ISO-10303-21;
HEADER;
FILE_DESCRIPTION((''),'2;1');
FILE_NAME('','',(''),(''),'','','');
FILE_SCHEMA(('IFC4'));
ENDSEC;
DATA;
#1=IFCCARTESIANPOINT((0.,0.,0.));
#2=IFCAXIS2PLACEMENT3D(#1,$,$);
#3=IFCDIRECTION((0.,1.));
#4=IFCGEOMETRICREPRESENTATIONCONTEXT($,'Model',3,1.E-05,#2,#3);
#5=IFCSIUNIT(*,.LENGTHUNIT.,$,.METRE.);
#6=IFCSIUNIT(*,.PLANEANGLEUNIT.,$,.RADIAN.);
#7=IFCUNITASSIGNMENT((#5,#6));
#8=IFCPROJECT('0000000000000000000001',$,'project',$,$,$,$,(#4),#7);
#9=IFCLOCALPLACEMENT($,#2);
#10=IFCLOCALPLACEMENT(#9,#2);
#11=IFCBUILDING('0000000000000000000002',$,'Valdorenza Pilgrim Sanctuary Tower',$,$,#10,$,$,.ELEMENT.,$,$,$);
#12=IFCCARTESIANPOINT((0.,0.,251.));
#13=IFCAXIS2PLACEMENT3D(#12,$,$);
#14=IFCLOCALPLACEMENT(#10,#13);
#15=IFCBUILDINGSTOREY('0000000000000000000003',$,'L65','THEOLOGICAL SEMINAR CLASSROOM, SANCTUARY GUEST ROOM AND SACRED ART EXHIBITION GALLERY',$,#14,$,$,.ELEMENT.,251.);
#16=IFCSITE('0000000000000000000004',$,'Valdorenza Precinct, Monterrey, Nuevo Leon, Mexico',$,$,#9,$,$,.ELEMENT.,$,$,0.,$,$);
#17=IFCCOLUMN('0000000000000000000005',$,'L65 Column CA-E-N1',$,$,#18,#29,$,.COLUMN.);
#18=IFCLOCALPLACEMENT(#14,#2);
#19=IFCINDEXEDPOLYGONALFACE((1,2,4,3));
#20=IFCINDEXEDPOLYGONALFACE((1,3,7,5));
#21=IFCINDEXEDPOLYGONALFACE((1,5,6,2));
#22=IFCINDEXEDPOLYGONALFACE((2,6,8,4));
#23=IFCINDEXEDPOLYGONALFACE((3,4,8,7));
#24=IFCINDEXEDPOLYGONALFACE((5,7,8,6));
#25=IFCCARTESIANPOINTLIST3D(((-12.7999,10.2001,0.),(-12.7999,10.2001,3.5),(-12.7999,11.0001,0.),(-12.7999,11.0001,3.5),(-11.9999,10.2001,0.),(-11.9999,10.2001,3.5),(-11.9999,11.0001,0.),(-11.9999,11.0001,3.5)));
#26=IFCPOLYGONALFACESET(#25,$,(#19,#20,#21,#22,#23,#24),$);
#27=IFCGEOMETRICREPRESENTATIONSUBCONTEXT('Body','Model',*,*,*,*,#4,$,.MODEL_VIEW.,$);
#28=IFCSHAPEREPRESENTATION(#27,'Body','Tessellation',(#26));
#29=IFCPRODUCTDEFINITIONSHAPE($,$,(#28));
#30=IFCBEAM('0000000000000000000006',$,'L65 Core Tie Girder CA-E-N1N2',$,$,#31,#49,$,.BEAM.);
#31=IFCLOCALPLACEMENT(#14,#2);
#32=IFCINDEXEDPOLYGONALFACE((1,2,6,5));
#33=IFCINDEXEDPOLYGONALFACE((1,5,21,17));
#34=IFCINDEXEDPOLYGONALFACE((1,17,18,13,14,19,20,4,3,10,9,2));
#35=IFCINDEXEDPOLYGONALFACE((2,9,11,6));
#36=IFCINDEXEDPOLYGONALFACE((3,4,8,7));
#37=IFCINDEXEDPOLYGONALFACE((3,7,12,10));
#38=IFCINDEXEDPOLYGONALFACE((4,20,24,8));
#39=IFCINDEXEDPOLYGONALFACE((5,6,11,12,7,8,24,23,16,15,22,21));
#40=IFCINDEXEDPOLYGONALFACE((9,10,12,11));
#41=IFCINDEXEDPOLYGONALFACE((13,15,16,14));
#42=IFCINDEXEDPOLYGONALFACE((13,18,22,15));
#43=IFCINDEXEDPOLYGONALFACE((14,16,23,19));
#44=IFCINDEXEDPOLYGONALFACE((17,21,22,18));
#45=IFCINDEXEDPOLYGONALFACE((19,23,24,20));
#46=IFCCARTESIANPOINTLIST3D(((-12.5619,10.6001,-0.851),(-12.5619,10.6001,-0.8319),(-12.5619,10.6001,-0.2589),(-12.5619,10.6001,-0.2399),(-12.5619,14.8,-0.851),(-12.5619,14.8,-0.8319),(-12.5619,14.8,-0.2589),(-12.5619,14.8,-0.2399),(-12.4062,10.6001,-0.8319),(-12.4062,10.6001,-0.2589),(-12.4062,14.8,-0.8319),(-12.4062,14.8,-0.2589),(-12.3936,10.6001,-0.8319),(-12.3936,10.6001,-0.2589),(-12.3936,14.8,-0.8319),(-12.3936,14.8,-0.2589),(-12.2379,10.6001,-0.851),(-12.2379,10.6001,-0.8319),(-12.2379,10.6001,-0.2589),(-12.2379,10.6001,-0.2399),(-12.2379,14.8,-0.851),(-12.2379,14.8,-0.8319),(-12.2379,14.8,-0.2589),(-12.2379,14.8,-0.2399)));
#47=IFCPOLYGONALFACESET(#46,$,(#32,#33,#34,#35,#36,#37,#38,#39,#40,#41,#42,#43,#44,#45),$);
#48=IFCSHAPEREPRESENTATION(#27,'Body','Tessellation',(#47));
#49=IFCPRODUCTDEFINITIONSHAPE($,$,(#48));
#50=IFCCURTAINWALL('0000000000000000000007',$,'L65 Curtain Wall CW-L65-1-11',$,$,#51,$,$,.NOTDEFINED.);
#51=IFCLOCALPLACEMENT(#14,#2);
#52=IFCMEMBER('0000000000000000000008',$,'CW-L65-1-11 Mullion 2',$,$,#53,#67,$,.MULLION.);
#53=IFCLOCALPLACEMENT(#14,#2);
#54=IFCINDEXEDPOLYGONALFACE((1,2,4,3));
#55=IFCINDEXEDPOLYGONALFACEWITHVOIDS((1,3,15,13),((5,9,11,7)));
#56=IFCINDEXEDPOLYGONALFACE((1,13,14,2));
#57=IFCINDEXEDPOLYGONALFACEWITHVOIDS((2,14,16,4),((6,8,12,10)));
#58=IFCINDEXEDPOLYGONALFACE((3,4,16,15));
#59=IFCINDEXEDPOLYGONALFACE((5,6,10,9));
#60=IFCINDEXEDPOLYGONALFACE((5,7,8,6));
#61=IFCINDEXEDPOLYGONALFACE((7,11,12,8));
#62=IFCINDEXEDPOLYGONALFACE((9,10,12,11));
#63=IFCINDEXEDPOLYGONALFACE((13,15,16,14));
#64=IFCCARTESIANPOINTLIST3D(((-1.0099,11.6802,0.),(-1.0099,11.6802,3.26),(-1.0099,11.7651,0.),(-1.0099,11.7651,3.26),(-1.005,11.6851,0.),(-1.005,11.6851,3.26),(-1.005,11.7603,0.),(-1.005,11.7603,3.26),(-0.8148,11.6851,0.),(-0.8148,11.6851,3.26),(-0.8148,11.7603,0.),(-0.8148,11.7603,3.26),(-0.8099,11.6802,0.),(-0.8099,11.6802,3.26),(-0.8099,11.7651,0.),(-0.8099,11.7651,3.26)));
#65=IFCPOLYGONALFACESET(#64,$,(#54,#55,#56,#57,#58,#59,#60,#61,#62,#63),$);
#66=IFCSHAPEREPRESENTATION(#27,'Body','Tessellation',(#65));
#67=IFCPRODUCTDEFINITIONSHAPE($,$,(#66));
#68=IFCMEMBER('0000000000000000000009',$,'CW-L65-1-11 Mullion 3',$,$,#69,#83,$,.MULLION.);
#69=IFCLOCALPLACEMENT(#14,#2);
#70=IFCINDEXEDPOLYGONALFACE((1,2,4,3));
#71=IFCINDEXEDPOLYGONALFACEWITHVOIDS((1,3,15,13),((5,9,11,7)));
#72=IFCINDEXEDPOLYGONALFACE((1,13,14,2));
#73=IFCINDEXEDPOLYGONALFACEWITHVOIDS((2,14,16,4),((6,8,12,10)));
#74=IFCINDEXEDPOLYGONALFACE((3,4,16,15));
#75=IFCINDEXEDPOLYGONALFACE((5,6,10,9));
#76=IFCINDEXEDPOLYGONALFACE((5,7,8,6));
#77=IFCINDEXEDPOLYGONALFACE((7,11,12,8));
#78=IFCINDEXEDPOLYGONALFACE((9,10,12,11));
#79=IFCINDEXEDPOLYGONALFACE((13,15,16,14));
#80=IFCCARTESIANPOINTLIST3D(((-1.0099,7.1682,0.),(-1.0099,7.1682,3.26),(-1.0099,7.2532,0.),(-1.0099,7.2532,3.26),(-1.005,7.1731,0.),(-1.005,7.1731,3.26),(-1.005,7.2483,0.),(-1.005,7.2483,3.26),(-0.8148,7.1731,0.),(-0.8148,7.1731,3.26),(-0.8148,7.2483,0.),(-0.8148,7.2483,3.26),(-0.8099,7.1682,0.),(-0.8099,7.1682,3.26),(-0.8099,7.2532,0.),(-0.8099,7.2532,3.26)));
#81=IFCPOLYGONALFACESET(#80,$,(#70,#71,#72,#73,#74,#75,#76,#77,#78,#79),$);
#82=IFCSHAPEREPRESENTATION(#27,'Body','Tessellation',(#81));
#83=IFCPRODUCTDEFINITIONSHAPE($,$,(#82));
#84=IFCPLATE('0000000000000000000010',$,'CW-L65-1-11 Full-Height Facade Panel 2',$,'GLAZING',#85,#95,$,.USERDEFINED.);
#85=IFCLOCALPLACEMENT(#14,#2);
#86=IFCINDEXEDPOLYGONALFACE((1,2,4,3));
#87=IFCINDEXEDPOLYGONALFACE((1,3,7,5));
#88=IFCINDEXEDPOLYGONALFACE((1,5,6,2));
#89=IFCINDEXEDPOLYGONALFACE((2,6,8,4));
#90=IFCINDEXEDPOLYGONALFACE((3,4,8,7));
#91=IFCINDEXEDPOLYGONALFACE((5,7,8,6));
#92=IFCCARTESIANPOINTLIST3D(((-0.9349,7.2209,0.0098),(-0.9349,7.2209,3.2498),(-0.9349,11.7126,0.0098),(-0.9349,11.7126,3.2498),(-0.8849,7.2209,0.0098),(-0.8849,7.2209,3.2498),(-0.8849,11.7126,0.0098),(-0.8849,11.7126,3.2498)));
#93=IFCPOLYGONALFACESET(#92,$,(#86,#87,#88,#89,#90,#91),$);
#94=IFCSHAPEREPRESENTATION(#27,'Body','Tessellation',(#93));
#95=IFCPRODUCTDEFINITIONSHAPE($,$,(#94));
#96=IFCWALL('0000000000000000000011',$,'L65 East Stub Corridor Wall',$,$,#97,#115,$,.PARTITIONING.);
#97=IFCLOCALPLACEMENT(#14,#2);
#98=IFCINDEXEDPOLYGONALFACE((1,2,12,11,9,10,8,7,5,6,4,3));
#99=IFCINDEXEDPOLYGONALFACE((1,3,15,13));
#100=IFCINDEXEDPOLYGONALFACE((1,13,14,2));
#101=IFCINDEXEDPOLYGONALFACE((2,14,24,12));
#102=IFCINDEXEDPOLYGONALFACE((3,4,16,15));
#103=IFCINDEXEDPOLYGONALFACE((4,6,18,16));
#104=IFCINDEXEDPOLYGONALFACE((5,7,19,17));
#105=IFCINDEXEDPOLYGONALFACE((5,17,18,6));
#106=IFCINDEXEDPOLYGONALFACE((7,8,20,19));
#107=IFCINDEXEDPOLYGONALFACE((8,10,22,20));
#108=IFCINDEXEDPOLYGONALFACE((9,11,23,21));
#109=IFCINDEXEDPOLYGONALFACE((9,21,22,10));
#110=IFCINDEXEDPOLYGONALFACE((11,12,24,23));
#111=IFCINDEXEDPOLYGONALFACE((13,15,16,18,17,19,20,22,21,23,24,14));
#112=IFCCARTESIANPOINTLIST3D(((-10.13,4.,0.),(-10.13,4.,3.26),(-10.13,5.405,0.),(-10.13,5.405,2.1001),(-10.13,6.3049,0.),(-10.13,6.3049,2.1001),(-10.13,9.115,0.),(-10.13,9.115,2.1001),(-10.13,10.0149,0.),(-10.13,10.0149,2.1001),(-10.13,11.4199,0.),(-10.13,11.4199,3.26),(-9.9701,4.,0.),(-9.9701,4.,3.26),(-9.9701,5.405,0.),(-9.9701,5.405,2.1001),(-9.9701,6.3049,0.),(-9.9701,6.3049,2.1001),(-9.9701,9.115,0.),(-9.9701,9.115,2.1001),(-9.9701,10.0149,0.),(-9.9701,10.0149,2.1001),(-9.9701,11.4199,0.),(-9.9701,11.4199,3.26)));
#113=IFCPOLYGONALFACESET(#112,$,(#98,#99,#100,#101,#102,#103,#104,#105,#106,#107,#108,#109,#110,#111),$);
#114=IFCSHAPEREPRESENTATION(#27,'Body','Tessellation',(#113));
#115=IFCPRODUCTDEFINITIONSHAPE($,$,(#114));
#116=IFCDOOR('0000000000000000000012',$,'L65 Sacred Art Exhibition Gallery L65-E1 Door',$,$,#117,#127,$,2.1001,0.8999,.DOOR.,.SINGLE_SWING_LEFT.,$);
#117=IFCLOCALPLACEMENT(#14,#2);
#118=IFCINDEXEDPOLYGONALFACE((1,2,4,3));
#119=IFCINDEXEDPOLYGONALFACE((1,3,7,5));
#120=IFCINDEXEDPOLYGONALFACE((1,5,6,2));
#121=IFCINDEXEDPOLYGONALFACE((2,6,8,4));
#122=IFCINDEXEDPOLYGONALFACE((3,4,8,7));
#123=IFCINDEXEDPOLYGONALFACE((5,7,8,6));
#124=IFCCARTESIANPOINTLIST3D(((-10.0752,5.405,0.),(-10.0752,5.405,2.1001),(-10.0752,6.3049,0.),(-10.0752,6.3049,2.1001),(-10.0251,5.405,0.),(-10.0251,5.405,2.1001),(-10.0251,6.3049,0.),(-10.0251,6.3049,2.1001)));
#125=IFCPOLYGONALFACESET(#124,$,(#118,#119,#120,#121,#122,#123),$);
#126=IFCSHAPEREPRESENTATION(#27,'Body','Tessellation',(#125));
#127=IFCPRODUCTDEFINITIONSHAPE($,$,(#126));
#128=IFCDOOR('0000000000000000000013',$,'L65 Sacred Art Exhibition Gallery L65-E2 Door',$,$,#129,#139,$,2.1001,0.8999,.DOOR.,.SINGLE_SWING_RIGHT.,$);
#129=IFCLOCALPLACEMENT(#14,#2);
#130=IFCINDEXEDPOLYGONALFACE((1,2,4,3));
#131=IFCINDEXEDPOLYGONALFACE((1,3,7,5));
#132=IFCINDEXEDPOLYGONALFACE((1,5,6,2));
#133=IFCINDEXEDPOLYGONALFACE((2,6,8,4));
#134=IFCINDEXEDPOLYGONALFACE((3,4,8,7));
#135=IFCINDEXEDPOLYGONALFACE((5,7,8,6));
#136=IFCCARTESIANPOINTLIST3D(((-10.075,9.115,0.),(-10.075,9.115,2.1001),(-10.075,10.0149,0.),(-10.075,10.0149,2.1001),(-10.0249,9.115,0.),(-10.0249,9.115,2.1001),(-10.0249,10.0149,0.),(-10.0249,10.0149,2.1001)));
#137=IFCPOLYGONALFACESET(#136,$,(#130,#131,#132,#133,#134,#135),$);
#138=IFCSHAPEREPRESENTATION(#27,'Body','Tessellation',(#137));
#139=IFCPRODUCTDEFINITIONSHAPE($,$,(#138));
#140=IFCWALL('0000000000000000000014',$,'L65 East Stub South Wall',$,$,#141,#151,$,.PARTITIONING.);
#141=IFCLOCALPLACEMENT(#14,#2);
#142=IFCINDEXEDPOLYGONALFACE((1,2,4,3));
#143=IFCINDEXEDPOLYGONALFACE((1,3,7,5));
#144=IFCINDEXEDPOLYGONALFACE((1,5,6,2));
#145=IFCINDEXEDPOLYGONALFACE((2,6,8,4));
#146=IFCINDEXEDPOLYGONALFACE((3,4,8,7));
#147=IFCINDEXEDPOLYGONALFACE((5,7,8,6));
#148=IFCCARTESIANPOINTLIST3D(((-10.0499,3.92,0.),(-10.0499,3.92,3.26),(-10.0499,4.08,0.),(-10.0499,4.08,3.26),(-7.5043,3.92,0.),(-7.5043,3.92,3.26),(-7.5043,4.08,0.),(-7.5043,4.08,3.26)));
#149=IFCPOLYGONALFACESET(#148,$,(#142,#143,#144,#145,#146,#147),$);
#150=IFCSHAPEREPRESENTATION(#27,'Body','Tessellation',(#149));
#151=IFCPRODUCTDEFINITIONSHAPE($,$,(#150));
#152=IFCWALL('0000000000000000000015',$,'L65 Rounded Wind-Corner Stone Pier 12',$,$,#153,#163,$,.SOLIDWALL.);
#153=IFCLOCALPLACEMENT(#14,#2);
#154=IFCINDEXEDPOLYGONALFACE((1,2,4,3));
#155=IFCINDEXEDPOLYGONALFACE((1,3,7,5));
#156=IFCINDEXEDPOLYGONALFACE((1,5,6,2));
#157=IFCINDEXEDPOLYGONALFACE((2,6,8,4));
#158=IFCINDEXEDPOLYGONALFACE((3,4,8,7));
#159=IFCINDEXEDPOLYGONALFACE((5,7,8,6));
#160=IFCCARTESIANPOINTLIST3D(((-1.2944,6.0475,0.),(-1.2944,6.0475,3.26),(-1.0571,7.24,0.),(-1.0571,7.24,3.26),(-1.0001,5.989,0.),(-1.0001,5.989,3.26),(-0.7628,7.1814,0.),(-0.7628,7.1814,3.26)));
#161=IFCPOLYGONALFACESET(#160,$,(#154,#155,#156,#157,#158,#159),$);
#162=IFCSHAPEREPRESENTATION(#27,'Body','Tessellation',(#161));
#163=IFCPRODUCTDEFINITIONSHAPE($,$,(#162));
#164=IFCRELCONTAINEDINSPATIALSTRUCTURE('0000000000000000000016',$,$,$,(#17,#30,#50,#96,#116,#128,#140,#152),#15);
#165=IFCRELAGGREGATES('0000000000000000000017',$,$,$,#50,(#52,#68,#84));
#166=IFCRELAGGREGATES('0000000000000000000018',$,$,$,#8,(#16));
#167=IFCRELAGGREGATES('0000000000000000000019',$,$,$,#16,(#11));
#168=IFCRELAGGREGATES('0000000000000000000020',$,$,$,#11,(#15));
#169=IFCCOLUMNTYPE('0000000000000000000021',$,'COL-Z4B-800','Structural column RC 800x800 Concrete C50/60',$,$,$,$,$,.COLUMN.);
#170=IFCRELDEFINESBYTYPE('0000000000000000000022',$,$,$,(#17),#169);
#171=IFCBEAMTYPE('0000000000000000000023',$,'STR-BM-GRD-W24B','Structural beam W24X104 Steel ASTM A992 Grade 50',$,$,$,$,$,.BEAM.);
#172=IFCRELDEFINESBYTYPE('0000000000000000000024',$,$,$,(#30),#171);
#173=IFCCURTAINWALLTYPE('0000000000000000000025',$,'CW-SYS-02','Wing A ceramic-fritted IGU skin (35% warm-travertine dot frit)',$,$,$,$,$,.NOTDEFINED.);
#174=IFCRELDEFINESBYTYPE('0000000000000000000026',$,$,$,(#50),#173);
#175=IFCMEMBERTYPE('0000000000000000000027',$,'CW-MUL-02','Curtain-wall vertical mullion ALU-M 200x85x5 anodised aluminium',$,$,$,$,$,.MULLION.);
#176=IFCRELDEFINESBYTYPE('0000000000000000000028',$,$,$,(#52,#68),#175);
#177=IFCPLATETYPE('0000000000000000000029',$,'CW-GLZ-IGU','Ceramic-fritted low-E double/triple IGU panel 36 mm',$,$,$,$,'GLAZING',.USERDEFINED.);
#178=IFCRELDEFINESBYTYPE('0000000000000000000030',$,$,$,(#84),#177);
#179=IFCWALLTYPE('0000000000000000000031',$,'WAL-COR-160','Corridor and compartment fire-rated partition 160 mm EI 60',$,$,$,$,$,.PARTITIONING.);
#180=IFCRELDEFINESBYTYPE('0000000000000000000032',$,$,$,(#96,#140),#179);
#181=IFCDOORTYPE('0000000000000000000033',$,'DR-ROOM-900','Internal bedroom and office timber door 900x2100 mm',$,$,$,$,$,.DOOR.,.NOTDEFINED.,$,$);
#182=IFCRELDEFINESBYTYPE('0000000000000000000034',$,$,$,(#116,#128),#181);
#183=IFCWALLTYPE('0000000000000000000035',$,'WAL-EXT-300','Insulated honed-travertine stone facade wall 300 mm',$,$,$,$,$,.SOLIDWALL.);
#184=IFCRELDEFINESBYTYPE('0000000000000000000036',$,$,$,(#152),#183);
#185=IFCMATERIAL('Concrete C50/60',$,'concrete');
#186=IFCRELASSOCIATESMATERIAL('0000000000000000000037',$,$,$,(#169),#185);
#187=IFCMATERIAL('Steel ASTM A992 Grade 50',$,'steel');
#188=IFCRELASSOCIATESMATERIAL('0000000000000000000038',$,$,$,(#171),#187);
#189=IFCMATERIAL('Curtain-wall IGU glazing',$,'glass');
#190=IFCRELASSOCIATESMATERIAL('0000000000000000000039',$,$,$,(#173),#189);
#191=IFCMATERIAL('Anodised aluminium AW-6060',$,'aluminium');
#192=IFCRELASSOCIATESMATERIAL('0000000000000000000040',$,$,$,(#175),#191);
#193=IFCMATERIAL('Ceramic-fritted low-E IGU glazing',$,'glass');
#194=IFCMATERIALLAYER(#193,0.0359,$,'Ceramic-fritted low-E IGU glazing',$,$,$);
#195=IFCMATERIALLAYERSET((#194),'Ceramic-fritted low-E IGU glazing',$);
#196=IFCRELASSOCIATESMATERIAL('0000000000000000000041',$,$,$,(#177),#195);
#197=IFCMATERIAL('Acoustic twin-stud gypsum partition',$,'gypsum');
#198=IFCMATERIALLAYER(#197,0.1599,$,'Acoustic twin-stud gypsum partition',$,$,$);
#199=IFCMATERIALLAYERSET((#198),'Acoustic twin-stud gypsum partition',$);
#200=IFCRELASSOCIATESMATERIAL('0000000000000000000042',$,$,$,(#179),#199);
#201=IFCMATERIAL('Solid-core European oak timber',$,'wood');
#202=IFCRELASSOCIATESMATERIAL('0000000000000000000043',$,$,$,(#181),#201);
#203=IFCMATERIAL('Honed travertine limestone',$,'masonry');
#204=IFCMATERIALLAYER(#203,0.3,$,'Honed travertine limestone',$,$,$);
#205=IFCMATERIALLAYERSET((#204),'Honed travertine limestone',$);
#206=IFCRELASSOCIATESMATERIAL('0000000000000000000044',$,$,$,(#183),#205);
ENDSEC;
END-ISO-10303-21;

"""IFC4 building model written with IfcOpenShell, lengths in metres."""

from ifc_helpers import new_model, si_unit, direction, frame, frame_2d, origin, origin_2d, place, context, subcontext, project, spatial, rectangle, hollow_rectangle, i_section, extrude, source, transform, mapped, material, layer, layer_set, material_profile, profile_set, type_object, element, fill, aggregate, save


model = new_model("IFC4")

# Units and contexts
model_context = context("Model", 3, precision=1e-05, world=origin(), true_north=direction((0.0, 1.0)))
body_context = subcontext(model_context, "Body", "Model", "MODEL_VIEW")
ifc_project = project(units=[si_unit("LENGTHUNIT", "METRE"), si_unit("PLANEANGLEUNIT", "RADIAN")], contexts=[model_context])

# Site, building, storey
site_placement = place(None, origin())
site = spatial("IfcSite", under=ifc_project, at=site_placement, Name="Valdorenza Precinct, Monterrey, Nuevo Leon, Mexico", CompositionType="ELEMENT", RefElevation=0.0)
building_placement = place(site_placement, origin())
building = spatial("IfcBuilding", under=site, at=building_placement, Name="Valdorenza Pilgrim Sanctuary Tower", CompositionType="ELEMENT")
storey_placement = place(building_placement, frame((0.0, 0.0, 251.0)))
storey = spatial("IfcBuildingStorey", under=building, at=storey_placement, Name="L65", Description="THEOLOGICAL SEMINAR CLASSROOM, SANCTUARY GUEST ROOM AND SACRED ART EXHIBITION GALLERY", CompositionType="ELEMENT", Elevation=251.0)

# Column
ifc_material_1 = material(Name="Concrete C50/60", Category="concrete")
ifc_material_profile_1 = material_profile(ifc_material_1, rectangle(XDim=0.8, YDim=0.8, at=origin_2d()), Name="RC 800x800")
ifc_profile_set_1 = profile_set([ifc_material_profile_1], Name="Concrete C50/60")
column_type = type_object("IfcColumnType", Name="COL-Z4B-800", Description="Structural column RC 800x800 Concrete C50/60", PredefinedType="COLUMN", material=ifc_profile_set_1)
shared_shape_1 = source(origin(), body_context, "Body", "SweptSolid", [
    extrude(rectangle(XDim=0.8, YDim=0.8, at=origin_2d()), origin(), (0.0, 0.0, 1.0), 3.5),
])
column_placement = place(storey_placement, frame((-12.3999, 10.6001, 0.0), z_axis=(0.0, 0.0, 1.0), x_axis=(1.0, 0.0, 0.0)))
element("IfcColumn", 1, at=column_placement, inside=storey, type_object=column_type, Name="L65 Column CA-E-N1", PredefinedType="COLUMN", context=body_context, shape_type="MappedRepresentation", body=[
    mapped(shared_shape_1, transform((0.0, 0.0, 0.0), x_axis=(1.0, 0.0, 0.0), y_axis=(0.0, 1.0, 0.0), z_axis=(0.0, 0.0, 1.0), scale=1.0)),
])

# Beam
ifc_material_2 = material(Name="Steel ASTM A992 Grade 50", Category="steel")
ifc_material_profile_2 = material_profile(ifc_material_2, i_section(OverallWidth=0.324, OverallDepth=0.6111, WebThickness=0.0127, FlangeThickness=0.019, at=origin_2d()), Name="W24X104")
ifc_profile_set_2 = profile_set([ifc_material_profile_2], Name="Steel ASTM A992 Grade 50")
beam_type = type_object("IfcBeamType", Name="STR-BM-GRD-W24B", Description="Structural beam W24X104 Steel ASTM A992 Grade 50", PredefinedType="BEAM", material=ifc_profile_set_2)
shared_shape_2 = source(origin(), body_context, "Body", "SweptSolid", [
    extrude(i_section(OverallWidth=0.324, OverallDepth=0.6111, WebThickness=0.0127, FlangeThickness=0.019, at=origin_2d()), origin(), (0.0, 0.0, 1.0), 4.2),
])
beam_placement = place(storey_placement, frame((-12.3999, 10.6001, -0.5454), z_axis=(0.0, 1.0, 0.0), x_axis=(-1.0, 0.0, 0.0)))
element("IfcBeam", 2, at=beam_placement, inside=storey, type_object=beam_type, Name="L65 Core Tie Girder CA-E-N1N2", PredefinedType="BEAM", context=body_context, shape_type="MappedRepresentation", body=[
    mapped(shared_shape_2, transform((0.0, 0.0, 0.0), x_axis=(1.0, 0.0, 0.0), y_axis=(0.0, 1.0, 0.0), z_axis=(0.0, 0.0, 1.0), scale=1.0)),
])

# Curtain wall, members, plate
ifc_material_3 = material(Name="Curtain-wall IGU glazing", Category="glass")
curtain_wall_type = type_object("IfcCurtainWallType", Name="CW-SYS-02", Description="Wing A ceramic-fritted IGU skin (35% warm-travertine dot frit)", PredefinedType="NOTDEFINED", material=ifc_material_3)
curtain_wall_placement = place(storey_placement, origin())
curtain_wall = element("IfcCurtainWall", 3, at=curtain_wall_placement, inside=storey, type_object=curtain_wall_type, Name="L65 Curtain Wall CW-L65-1-11", PredefinedType="NOTDEFINED")
ifc_material_4 = material(Name="Anodised aluminium AW-6060", Category="aluminium")
ifc_material_profile_3 = material_profile(ifc_material_4, hollow_rectangle(XDim=0.085, YDim=0.2, WallThickness=0.0049, at=origin_2d()), Name="ALU-M 200x85x5")
ifc_profile_set_3 = profile_set([ifc_material_profile_3], Name="Anodised aluminium AW-6060")
member_type = type_object("IfcMemberType", Name="CW-MUL-02", Description="Curtain-wall vertical mullion ALU-M 200x85x5 anodised aluminium", PredefinedType="MULLION", material=ifc_profile_set_3)
shared_shape_3 = source(origin(), body_context, "Body", "SweptSolid", [
    extrude(hollow_rectangle(XDim=0.085, YDim=0.2, WallThickness=0.0049, at=origin_2d()), origin(), (0.0, 0.0, 1.0), 3.26),
])
member_1_placement = place(storey_placement, frame((-0.9099, 11.7227, 0.0), z_axis=(0.0, 0.0, 1.0), x_axis=(0.0, -1.0, 0.0)))
member_1 = element("IfcMember", 4, at=member_1_placement, type_object=member_type, Name="CW-L65-1-11 Mullion 2", PredefinedType="MULLION", context=body_context, shape_type="MappedRepresentation", body=[
    mapped(shared_shape_3, transform((0.0, 0.0, 0.0), x_axis=(1.0, 0.0, 0.0), y_axis=(0.0, 1.0, 0.0), z_axis=(0.0, 0.0, 1.0), scale=1.0)),
])
member_2_placement = place(storey_placement, frame((-0.9099, 7.2107, 0.0), z_axis=(0.0, 0.0, 1.0), x_axis=(0.0, -1.0, 0.0)))
member_2 = element("IfcMember", 5, at=member_2_placement, type_object=member_type, Name="CW-L65-1-11 Mullion 3", PredefinedType="MULLION", context=body_context, shape_type="MappedRepresentation", body=[
    mapped(shared_shape_3, transform((0.0, 0.0, 0.0), x_axis=(1.0, 0.0, 0.0), y_axis=(0.0, 1.0, 0.0), z_axis=(0.0, 0.0, 1.0), scale=1.0)),
])
ifc_material_5 = material(Name="Ceramic-fritted low-E IGU glazing", Category="glass")
ifc_layer_1 = layer(ifc_material_5, 0.0359, Name="Ceramic-fritted low-E IGU glazing")
ifc_layer_set_1 = layer_set([ifc_layer_1], Name="Ceramic-fritted low-E IGU glazing")
plate_type = type_object("IfcPlateType", Name="CW-GLZ-IGU", Description="Ceramic-fritted low-E double/triple IGU panel 36 mm", ElementType="GLAZING", PredefinedType="USERDEFINED", material=ifc_layer_set_1)
shared_shape_4 = source(origin(), body_context, "Body", "SweptSolid", [
    extrude(rectangle(XDim=4.4917, YDim=0.05, at=origin_2d()), origin(), (0.0, 0.0, 1.0), 3.24),
])
plate_placement = place(storey_placement, frame((-0.9099, 9.4668, 0.0098), z_axis=(0.0, 0.0, 1.0), x_axis=(0.0, -1.0, 0.0)))
plate = element("IfcPlate", 6, at=plate_placement, type_object=plate_type, Name="CW-L65-1-11 Full-Height Facade Panel 2", ObjectType="GLAZING", PredefinedType="USERDEFINED", context=body_context, shape_type="MappedRepresentation", body=[
    mapped(shared_shape_4, transform((0.0, 0.0, 0.0), x_axis=(1.0, 0.0, 0.0), y_axis=(0.0, 1.0, 0.0), z_axis=(0.0, 0.0, 1.0), scale=1.0)),
])
aggregate(curtain_wall, [member_1, member_2, plate])

# Wall, openings, doors
ifc_material_6 = material(Name="Acoustic twin-stud gypsum partition", Category="gypsum")
ifc_layer_2 = layer(ifc_material_6, 0.1599, Name="Acoustic twin-stud gypsum partition")
ifc_layer_set_2 = layer_set([ifc_layer_2], Name="Acoustic twin-stud gypsum partition")
wall_type_1 = type_object("IfcWallType", Name="WAL-COR-160", Description="Corridor and compartment fire-rated partition 160 mm EI 60", PredefinedType="PARTITIONING", material=ifc_layer_set_2)
wall_1_placement = place(storey_placement, frame((-10.05, 4.0, 0.0), z_axis=(0.0, 0.0, 1.0), x_axis=(0.0, 1.0, 0.0)))
wall_1 = element("IfcWall", 7, at=wall_1_placement, inside=storey, type_object=wall_type_1, Name="L65 East Stub Corridor Wall", PredefinedType="PARTITIONING", context=body_context, shape_type="SweptSolid", body=[
    extrude(rectangle(XDim=7.4199, YDim=0.1599, at=frame_2d((3.71, 0.0))), origin(), (0.0, 0.0, 1.0), 3.26),
])
opening_1_placement = place(wall_1_placement, frame((1.405, 0.0, 0.0)))
opening_1 = element("IfcOpeningElement", 8, at=opening_1_placement, cuts=wall_1, PredefinedType="OPENING", context=body_context, shape_type="SweptSolid", body=[
    extrude(rectangle(XDim=0.8999, YDim=2.1001, at=frame_2d((0.45, 1.05))), frame((0.0, 0.0947, 0.0), z_axis=(0.0, -1.0, 0.0), x_axis=(1.0, 0.0, 0.0)), (0.0, 0.0, 1.0), 0.1897),
])
opening_2_placement = place(wall_1_placement, frame((5.115, 0.0, 0.0)))
opening_2 = element("IfcOpeningElement", 9, at=opening_2_placement, cuts=wall_1, PredefinedType="OPENING", context=body_context, shape_type="SweptSolid", body=[
    extrude(rectangle(XDim=0.8999, YDim=2.1001, at=frame_2d((0.45, 1.05))), frame((0.0, 0.0947, 0.0), z_axis=(0.0, -1.0, 0.0), x_axis=(1.0, 0.0, 0.0)), (0.0, 0.0, 1.0), 0.1897),
])
ifc_material_7 = material(Name="Solid-core European oak timber", Category="wood")
door_type = type_object("IfcDoorType", Name="DR-ROOM-900", Description="Internal bedroom and office timber door 900x2100 mm", OperationType="NOTDEFINED", PredefinedType="DOOR", material=ifc_material_7)
door_1_placement = place(opening_1_placement, frame((0.8999, 0.0, 0.0), z_axis=(0.0, 0.0, 1.0), x_axis=(-1.0, 0.0, 0.0)))
door_1 = element("IfcDoor", 10, at=door_1_placement, inside=storey, type_object=door_type, Name="L65 Sacred Art Exhibition Gallery L65-E1 Door", OperationType="SINGLE_SWING_LEFT", OverallHeight=2.1001, OverallWidth=0.8999, PredefinedType="DOOR", context=body_context, shape_type="SweptSolid", body=[
    extrude(rectangle(XDim=0.8999, YDim=2.1001, at=frame_2d((0.45, 1.05))), frame((0.0, 0.0249, 0.0), z_axis=(0.0, -1.0, 0.0), x_axis=(1.0, 0.0, 0.0)), (0.0, 0.0, 1.0), 0.05),
])
fill(opening_1, door_1)
door_2_placement = place(opening_2_placement, origin())
door_2 = element("IfcDoor", 11, at=door_2_placement, inside=storey, type_object=door_type, Name="L65 Sacred Art Exhibition Gallery L65-E2 Door", OperationType="SINGLE_SWING_RIGHT", OverallHeight=2.1001, OverallWidth=0.8999, PredefinedType="DOOR", context=body_context, shape_type="SweptSolid", body=[
    extrude(rectangle(XDim=0.8999, YDim=2.1001, at=frame_2d((0.45, 1.05))), frame((0.0, 0.0249, 0.0), z_axis=(0.0, -1.0, 0.0), x_axis=(1.0, 0.0, 0.0)), (0.0, 0.0, 1.0), 0.05),
])
fill(opening_2, door_2)

# Walls
wall_2_placement = place(storey_placement, frame((-10.05, 4.0, 0.0), z_axis=(0.0, 0.0, 1.0), x_axis=(1.0, 0.0, 0.0)))
element("IfcWall", 12, at=wall_2_placement, inside=storey, type_object=wall_type_1, Name="L65 East Stub South Wall", PredefinedType="PARTITIONING", context=body_context, shape_type="SweptSolid", body=[
    extrude(rectangle(XDim=2.5457, YDim=0.1599, at=frame_2d((1.2729, 0.0))), origin(), (0.0, 0.0, 1.0), 3.26),
])
ifc_material_8 = material(Name="Honed travertine limestone", Category="masonry")
ifc_layer_3 = layer(ifc_material_8, 0.3, Name="Honed travertine limestone")
ifc_layer_set_3 = layer_set([ifc_layer_3], Name="Honed travertine limestone")
wall_type_2 = type_object("IfcWallType", Name="WAL-EXT-300", Description="Insulated honed-travertine stone facade wall 300 mm", PredefinedType="SOLIDWALL", material=ifc_layer_set_3)
wall_3_placement = place(storey_placement, frame((-0.9099, 7.2107, 0.0), z_axis=(0.0, 0.0, 1.0), x_axis=(-0.195189, -0.980766, 0.0)))
element("IfcWall", 13, at=wall_3_placement, inside=storey, type_object=wall_type_2, Name="L65 Rounded Wind-Corner Stone Pier 12", PredefinedType="SOLIDWALL", context=body_context, shape_type="SweptSolid", body=[
    extrude(rectangle(XDim=1.2158, YDim=0.3, at=frame_2d((0.6079, 0.0))), origin(), (0.0, 0.0, 1.0), 3.26),
])

save(model, "model.ifc")
